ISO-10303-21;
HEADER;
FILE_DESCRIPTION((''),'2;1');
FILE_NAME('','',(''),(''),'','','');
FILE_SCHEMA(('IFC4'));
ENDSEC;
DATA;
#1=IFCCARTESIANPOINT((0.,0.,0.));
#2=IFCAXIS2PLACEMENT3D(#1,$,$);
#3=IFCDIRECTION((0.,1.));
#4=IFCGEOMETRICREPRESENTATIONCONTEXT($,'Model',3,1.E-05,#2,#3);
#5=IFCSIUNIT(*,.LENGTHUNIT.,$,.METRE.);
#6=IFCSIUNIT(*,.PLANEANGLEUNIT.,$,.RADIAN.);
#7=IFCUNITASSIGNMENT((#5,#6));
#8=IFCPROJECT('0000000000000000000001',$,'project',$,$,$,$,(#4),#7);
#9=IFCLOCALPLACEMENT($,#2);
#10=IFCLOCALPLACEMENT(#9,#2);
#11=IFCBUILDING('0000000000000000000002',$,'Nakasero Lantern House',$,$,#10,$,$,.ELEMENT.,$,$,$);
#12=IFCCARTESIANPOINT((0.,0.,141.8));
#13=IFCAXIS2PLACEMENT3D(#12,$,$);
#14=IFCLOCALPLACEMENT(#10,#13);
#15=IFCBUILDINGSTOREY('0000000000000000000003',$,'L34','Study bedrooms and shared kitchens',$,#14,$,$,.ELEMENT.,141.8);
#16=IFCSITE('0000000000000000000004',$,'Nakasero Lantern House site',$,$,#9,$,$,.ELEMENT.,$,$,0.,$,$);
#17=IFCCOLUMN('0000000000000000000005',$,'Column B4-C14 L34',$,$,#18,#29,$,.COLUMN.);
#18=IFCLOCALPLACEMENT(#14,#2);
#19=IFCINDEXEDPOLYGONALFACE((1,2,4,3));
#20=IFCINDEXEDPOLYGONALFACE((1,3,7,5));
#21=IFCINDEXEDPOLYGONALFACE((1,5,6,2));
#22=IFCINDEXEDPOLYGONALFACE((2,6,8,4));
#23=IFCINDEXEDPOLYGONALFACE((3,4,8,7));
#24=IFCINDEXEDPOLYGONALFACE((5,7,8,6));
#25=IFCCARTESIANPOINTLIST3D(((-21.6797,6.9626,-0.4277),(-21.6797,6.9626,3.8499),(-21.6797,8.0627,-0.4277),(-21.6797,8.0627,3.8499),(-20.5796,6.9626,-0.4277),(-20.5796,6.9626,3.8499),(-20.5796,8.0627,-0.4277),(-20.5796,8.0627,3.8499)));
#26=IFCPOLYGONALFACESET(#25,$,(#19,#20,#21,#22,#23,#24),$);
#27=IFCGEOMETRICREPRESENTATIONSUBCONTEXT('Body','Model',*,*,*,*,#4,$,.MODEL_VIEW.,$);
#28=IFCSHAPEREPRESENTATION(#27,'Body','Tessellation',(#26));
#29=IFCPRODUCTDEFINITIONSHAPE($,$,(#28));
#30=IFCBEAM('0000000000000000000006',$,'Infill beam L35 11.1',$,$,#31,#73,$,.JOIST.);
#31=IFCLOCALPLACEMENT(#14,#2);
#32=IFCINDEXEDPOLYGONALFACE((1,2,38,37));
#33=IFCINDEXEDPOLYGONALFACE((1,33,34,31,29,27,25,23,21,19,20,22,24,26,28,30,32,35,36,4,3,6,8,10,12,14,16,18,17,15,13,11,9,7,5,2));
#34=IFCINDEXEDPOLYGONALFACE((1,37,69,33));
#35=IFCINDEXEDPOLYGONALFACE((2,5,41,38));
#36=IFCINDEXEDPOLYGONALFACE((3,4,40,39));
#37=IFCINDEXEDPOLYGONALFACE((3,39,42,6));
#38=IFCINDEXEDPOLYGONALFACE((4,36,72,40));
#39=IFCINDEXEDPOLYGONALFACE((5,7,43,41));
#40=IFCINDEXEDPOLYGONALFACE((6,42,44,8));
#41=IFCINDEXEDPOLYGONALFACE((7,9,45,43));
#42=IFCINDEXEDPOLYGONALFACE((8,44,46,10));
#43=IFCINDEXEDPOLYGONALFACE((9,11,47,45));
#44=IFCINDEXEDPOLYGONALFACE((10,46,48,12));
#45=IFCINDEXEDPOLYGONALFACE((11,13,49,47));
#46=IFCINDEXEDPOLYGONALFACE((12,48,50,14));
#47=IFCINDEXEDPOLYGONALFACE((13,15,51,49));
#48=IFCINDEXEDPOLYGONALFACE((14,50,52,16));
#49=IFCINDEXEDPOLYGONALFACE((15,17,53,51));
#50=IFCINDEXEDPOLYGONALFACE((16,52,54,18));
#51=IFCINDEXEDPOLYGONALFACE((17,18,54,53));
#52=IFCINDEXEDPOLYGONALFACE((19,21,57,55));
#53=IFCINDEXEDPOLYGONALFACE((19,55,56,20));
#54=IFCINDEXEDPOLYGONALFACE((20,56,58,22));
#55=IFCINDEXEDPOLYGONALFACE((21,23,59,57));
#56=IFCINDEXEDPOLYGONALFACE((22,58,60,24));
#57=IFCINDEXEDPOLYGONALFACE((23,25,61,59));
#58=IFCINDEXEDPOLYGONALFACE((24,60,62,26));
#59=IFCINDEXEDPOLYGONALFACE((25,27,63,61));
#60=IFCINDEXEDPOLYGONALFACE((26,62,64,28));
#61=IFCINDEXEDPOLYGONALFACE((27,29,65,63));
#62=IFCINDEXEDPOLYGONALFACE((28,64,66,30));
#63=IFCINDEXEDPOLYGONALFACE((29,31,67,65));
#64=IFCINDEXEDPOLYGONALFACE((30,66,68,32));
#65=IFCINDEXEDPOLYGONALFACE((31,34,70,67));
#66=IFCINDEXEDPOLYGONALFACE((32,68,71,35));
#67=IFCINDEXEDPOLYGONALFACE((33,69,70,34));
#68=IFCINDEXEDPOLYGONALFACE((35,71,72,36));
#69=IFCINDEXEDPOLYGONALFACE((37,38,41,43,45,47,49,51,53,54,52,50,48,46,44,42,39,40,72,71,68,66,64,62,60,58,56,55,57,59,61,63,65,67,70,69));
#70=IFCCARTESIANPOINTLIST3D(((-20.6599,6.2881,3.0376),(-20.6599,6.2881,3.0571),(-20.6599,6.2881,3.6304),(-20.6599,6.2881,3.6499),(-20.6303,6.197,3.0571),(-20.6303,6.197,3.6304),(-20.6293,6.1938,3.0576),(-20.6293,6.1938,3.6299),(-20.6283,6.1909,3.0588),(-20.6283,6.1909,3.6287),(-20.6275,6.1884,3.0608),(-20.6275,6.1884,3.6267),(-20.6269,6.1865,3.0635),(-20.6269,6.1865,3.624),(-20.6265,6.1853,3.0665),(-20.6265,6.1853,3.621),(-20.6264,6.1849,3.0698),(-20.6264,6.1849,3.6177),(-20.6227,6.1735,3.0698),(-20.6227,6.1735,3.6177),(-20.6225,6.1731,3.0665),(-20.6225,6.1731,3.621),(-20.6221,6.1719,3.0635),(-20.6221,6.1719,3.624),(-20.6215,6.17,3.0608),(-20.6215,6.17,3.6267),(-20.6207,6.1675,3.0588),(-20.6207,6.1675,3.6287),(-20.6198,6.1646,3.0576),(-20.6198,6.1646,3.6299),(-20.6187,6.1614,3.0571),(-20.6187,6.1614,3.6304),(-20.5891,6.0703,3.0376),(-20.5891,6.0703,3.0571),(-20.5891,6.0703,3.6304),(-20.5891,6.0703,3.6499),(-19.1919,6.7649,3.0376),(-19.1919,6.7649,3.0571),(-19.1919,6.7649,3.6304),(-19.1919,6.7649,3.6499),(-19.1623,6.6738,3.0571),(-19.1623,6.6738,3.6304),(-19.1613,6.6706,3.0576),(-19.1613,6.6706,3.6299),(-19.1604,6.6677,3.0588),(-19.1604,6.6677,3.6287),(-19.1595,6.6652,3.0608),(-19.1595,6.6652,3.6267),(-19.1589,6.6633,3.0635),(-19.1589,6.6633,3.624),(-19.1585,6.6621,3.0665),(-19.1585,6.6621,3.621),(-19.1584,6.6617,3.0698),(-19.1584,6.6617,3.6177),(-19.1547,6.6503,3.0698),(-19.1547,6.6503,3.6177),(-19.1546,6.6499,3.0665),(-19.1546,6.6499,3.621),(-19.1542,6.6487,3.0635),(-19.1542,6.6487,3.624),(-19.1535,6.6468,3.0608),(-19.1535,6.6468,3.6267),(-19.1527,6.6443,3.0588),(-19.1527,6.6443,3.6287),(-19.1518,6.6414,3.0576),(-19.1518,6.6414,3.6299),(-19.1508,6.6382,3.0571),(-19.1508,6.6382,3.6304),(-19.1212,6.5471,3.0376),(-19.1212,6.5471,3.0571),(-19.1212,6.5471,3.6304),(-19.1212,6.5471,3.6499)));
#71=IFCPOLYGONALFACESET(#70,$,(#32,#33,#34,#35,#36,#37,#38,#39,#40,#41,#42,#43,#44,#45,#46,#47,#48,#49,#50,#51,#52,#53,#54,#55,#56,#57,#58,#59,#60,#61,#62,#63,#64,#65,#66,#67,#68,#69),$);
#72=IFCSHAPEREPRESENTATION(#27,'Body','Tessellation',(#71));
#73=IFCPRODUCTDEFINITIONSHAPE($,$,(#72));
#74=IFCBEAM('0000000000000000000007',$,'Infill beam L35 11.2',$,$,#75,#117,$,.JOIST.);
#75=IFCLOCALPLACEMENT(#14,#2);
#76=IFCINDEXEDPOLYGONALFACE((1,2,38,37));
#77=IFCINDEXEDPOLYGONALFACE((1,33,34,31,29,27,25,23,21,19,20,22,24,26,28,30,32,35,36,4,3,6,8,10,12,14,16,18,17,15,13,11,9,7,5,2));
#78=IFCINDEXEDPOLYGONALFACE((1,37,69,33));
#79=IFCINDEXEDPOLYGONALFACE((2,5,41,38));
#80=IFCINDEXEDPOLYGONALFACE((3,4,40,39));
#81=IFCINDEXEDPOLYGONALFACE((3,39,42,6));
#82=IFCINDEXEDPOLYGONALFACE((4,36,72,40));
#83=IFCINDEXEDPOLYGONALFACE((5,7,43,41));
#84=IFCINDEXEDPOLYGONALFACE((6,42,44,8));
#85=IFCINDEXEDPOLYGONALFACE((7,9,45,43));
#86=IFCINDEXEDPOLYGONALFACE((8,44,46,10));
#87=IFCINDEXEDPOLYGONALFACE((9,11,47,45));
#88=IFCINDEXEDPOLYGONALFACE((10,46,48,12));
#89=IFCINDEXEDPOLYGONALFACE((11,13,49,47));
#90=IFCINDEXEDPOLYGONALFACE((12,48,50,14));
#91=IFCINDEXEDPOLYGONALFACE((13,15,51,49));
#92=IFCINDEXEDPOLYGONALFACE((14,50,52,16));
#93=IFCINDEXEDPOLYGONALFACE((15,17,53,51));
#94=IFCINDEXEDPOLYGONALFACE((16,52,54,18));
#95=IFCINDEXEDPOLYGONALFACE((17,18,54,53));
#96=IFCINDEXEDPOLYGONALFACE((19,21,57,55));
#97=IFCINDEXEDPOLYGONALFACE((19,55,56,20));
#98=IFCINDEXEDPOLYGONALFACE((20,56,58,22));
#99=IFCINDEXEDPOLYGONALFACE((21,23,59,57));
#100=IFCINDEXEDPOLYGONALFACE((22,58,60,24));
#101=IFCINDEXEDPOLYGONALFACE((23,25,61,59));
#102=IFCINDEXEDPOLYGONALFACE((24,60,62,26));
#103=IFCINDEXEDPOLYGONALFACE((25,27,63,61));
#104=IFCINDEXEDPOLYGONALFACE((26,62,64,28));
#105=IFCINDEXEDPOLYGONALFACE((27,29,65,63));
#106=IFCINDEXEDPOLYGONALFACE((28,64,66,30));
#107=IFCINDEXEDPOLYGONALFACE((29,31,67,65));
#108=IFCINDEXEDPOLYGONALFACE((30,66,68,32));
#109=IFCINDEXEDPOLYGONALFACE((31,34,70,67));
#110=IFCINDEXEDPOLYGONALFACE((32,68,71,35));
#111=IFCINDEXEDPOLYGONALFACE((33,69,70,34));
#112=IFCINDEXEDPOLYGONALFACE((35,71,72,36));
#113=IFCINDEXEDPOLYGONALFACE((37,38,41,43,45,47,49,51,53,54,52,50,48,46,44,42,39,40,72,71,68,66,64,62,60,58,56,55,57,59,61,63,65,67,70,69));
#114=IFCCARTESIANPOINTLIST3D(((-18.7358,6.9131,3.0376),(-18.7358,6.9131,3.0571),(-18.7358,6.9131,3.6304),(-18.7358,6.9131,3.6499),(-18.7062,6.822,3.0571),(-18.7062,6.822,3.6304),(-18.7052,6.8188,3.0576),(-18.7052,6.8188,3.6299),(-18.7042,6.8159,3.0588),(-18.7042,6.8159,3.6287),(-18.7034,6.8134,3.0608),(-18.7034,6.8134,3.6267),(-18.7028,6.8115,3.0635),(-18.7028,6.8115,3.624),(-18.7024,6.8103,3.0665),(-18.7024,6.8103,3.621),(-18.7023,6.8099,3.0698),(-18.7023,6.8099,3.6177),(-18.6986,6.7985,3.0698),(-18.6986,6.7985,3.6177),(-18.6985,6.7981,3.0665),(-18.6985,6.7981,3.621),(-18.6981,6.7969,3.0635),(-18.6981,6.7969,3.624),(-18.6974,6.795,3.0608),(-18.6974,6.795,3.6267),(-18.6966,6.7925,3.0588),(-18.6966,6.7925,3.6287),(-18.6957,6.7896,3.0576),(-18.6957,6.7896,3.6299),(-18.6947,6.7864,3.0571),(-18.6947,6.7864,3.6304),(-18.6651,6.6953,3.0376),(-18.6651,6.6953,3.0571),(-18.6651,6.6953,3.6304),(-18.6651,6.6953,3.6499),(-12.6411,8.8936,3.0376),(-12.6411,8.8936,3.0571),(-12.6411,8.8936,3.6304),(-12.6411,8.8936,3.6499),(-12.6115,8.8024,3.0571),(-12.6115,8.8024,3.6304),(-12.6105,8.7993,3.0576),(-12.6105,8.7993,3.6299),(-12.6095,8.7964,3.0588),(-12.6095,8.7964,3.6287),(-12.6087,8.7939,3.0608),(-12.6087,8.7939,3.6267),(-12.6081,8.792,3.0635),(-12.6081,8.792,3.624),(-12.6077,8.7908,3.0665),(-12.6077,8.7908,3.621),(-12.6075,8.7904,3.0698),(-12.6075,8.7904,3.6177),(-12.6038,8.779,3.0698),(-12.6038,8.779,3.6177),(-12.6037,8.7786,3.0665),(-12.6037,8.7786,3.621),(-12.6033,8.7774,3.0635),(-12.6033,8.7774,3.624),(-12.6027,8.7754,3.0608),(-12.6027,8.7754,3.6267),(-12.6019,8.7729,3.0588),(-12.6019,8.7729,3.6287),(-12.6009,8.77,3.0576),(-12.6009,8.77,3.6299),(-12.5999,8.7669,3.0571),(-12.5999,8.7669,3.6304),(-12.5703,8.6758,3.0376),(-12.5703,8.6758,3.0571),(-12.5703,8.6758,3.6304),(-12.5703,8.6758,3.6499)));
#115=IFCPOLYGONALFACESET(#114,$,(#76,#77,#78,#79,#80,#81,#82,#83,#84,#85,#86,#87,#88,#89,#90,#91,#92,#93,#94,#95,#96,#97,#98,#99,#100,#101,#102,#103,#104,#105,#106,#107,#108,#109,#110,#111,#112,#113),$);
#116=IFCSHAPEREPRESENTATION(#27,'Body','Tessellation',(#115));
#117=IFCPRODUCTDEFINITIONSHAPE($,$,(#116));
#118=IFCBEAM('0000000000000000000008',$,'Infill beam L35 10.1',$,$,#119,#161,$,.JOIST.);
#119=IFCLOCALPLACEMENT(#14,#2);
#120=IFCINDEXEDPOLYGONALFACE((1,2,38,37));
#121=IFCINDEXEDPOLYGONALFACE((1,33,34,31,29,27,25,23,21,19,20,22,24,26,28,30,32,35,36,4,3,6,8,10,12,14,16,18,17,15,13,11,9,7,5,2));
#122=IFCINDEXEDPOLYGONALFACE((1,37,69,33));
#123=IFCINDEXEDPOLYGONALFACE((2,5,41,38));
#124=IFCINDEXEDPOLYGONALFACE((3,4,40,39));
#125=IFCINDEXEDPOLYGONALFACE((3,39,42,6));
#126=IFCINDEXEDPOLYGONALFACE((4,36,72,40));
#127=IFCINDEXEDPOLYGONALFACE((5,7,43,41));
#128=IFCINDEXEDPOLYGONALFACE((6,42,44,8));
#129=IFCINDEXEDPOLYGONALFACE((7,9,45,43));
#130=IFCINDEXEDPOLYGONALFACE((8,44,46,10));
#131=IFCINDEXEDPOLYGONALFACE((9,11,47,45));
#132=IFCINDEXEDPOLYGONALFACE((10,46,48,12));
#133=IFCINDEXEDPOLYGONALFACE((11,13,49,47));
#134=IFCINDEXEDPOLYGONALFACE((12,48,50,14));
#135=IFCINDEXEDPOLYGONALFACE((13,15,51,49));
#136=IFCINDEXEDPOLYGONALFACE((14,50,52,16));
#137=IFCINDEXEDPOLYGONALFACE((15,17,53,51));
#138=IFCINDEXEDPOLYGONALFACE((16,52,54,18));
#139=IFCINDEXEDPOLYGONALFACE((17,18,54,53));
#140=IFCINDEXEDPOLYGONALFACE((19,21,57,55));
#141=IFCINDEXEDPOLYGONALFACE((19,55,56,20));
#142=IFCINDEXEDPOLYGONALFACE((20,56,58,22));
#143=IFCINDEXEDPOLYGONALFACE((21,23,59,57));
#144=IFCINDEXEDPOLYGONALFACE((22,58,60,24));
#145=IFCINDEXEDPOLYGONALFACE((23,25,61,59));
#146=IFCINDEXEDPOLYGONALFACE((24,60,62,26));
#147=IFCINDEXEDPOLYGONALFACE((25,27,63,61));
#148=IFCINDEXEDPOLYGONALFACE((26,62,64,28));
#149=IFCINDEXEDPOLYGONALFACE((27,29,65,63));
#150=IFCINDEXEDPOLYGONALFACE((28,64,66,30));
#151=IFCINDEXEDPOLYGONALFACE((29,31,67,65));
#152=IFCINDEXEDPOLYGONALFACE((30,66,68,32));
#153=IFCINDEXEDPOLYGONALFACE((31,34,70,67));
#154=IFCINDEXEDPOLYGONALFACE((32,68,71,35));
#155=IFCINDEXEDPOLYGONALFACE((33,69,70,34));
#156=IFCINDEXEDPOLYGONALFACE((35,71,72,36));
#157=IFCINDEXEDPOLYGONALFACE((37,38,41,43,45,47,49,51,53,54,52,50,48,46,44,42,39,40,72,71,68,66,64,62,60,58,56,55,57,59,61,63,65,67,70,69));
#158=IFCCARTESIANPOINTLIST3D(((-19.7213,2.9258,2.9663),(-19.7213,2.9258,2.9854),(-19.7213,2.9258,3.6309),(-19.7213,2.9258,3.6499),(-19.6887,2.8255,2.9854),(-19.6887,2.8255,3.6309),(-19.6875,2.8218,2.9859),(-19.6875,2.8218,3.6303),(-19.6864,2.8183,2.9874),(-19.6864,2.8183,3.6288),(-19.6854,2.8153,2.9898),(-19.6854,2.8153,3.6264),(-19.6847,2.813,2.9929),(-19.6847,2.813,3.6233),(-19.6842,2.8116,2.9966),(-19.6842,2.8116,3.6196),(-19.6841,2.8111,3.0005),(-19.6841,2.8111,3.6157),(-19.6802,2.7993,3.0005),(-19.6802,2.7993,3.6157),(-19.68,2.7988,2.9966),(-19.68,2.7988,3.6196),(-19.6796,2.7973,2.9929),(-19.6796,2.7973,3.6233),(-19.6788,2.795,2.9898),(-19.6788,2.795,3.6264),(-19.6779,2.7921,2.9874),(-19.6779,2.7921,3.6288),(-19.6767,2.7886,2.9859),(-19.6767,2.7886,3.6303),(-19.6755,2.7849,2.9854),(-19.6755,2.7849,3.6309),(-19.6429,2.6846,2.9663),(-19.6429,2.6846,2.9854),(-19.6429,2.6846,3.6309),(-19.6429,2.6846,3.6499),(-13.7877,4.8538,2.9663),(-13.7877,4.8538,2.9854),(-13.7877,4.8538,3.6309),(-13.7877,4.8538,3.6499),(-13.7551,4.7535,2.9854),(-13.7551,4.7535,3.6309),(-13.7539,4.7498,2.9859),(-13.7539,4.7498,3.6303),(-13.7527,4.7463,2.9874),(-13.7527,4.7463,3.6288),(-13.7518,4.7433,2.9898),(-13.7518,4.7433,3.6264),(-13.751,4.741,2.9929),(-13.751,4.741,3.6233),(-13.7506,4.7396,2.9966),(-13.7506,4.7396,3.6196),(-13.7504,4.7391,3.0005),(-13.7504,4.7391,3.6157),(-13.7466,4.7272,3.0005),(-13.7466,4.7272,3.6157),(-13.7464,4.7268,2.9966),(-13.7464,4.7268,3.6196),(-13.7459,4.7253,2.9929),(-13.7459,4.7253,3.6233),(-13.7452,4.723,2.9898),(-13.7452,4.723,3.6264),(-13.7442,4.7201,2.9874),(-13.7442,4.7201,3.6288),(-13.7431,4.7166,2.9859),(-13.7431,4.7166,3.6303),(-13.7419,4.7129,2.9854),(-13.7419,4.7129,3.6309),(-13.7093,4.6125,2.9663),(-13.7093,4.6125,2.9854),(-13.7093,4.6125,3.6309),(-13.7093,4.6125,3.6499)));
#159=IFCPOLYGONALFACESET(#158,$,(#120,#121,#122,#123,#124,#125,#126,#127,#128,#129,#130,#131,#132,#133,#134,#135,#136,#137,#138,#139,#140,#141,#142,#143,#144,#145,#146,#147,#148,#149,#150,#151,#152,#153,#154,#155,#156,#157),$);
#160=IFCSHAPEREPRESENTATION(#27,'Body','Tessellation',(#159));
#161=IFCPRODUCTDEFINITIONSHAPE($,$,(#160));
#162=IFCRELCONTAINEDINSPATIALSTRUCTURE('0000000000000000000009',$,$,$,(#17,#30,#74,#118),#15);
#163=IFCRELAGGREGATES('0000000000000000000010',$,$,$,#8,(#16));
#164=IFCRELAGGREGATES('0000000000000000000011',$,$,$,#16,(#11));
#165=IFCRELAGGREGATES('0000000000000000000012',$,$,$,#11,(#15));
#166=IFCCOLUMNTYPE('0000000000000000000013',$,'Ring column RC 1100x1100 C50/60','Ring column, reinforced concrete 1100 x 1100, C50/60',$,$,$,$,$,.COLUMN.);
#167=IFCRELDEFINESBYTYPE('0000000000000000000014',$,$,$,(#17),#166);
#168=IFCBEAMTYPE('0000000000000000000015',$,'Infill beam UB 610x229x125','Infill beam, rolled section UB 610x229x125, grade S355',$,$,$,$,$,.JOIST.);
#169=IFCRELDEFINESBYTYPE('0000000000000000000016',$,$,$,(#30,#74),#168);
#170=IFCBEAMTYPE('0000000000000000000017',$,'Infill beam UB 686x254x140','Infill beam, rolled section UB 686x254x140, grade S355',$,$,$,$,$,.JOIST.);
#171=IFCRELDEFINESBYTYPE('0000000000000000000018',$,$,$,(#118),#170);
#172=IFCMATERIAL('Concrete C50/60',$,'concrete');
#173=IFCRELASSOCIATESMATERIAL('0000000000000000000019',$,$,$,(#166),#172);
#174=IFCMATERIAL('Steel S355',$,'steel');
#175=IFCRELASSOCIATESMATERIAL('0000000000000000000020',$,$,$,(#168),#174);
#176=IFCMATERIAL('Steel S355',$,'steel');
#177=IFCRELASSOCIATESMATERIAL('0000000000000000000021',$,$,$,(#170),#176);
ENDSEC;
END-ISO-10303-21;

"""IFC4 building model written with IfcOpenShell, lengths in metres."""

from ifc_helpers import new_model, si_unit, direction, frame, origin, origin_2d, place, context, subcontext, project, spatial, rectangle, i_section, extrude, material, material_profile, profile_set, type_object, element, save


model = new_model("IFC4")

# Units and contexts
model_context = context("Model", 3, precision=1e-05, world=origin(), true_north=direction((0.0, 1.0)))
body_context = subcontext(model_context, "Body", "Model", "MODEL_VIEW")
ifc_project = project(units=[si_unit("LENGTHUNIT", "METRE"), si_unit("PLANEANGLEUNIT", "RADIAN")], contexts=[model_context])

# Site, building, storey
site_placement = place(None, origin())
site = spatial("IfcSite", under=ifc_project, at=site_placement, Name="Nakasero Lantern House site", CompositionType="ELEMENT", RefElevation=0.0)
building_placement = place(site_placement, origin())
building = spatial("IfcBuilding", under=site, at=building_placement, Name="Nakasero Lantern House", CompositionType="ELEMENT")
storey_placement = place(building_placement, frame((0.0, 0.0, 141.8)))
storey = spatial("IfcBuildingStorey", under=building, at=storey_placement, Name="L34", Description="Study bedrooms and shared kitchens", CompositionType="ELEMENT", Elevation=141.8)

# Column
ifc_material_1 = material(Name="Concrete C50/60", Category="concrete")
ifc_material_profile_1 = material_profile(ifc_material_1, rectangle(XDim=1.1001, YDim=1.1001, at=origin_2d()), Name="RC 1100x1100")
ifc_profile_set_1 = profile_set([ifc_material_profile_1], Name="Concrete C50/60")
column_type = type_object("IfcColumnType", Name="Ring column RC 1100x1100 C50/60", Description="Ring column, reinforced concrete 1100 x 1100, C50/60", PredefinedType="COLUMN", material=ifc_profile_set_1)
column_placement = place(storey_placement, frame((-21.1296, 7.5127, -0.4277), z_axis=(0.0, 0.0, 1.0), x_axis=(1.0, 0.0, 0.0)))
element("IfcColumn", 1, at=column_placement, inside=storey, type_object=column_type, Name="Column B4-C14 L34", PredefinedType="COLUMN", context=body_context, shape_type="SweptSolid", body=[
    extrude(rectangle(XDim=1.1001, YDim=1.1001, at=origin_2d()), origin(), (0.0, 0.0, 1.0), 4.2776),
])

# Beams
ifc_material_2 = material(Name="Steel S355", Category="steel")
ifc_material_profile_2 = material_profile(ifc_material_2, i_section(OverallWidth=0.229, OverallDepth=0.6123, WebThickness=0.012, FlangeThickness=0.0195, FilletRadius=0.0127, at=origin_2d()), Name="UB 610x229x125")
ifc_profile_set_2 = profile_set([ifc_material_profile_2], Name="Steel S355")
beam_type_1 = type_object("IfcBeamType", Name="Infill beam UB 610x229x125", Description="Infill beam, rolled section UB 610x229x125, grade S355", PredefinedType="JOIST", material=ifc_profile_set_2)
beam_1_placement = place(storey_placement, frame((-20.6245, 6.1792, 3.3438), z_axis=(0.951091, 0.308911, 0.0), x_axis=(-0.308911, 0.951091, 0.0)))
element("IfcBeam", 2, at=beam_1_placement, inside=storey, type_object=beam_type_1, Name="Infill beam L35 11.1", PredefinedType="JOIST", context=body_context, shape_type="SweptSolid", body=[
    extrude(i_section(OverallWidth=0.229, OverallDepth=0.6123, WebThickness=0.012, FlangeThickness=0.0195, FilletRadius=0.0127, at=origin_2d()), origin(), (0.0, 0.0, 1.0), 1.5435),
])
beam_2_placement = place(storey_placement, frame((-18.7004, 6.8042, 3.3438), z_axis=(0.951049, 0.309041, 0.0), x_axis=(-0.309041, 0.951049, 0.0)))
element("IfcBeam", 3, at=beam_2_placement, inside=storey, type_object=beam_type_1, Name="Infill beam L35 11.2", PredefinedType="JOIST", context=body_context, shape_type="SweptSolid", body=[
    extrude(i_section(OverallWidth=0.229, OverallDepth=0.6123, WebThickness=0.012, FlangeThickness=0.0195, FilletRadius=0.0127, at=origin_2d()), origin(), (0.0, 0.0, 1.0), 6.4084),
])
ifc_material_3 = material(Name="Steel S355", Category="steel")
ifc_material_profile_3 = material_profile(ifc_material_3, i_section(OverallWidth=0.2537, OverallDepth=0.6836, WebThickness=0.0125, FlangeThickness=0.019, FilletRadius=0.0151, at=origin_2d()), Name="UB 686x254x140")
ifc_profile_set_3 = profile_set([ifc_material_profile_3], Name="Steel S355")
beam_type_2 = type_object("IfcBeamType", Name="Infill beam UB 686x254x140", Description="Infill beam, rolled section UB 686x254x140, grade S355", PredefinedType="JOIST", material=ifc_profile_set_3)
beam_3_placement = place(storey_placement, frame((-19.6821, 2.8052, 3.3081), z_axis=(0.951055, 0.309022, 0.0), x_axis=(-0.309022, 0.951055, 0.0)))
element("IfcBeam", 4, at=beam_3_placement, inside=storey, type_object=beam_type_2, Name="Infill beam L35 10.1", PredefinedType="JOIST", context=body_context, shape_type="SweptSolid", body=[
    extrude(i_section(OverallWidth=0.2537, OverallDepth=0.6836, WebThickness=0.0125, FlangeThickness=0.019, FilletRadius=0.0151, at=origin_2d()), origin(), (0.0, 0.0, 1.0), 6.239),
])

save(model, "model.ifc")
